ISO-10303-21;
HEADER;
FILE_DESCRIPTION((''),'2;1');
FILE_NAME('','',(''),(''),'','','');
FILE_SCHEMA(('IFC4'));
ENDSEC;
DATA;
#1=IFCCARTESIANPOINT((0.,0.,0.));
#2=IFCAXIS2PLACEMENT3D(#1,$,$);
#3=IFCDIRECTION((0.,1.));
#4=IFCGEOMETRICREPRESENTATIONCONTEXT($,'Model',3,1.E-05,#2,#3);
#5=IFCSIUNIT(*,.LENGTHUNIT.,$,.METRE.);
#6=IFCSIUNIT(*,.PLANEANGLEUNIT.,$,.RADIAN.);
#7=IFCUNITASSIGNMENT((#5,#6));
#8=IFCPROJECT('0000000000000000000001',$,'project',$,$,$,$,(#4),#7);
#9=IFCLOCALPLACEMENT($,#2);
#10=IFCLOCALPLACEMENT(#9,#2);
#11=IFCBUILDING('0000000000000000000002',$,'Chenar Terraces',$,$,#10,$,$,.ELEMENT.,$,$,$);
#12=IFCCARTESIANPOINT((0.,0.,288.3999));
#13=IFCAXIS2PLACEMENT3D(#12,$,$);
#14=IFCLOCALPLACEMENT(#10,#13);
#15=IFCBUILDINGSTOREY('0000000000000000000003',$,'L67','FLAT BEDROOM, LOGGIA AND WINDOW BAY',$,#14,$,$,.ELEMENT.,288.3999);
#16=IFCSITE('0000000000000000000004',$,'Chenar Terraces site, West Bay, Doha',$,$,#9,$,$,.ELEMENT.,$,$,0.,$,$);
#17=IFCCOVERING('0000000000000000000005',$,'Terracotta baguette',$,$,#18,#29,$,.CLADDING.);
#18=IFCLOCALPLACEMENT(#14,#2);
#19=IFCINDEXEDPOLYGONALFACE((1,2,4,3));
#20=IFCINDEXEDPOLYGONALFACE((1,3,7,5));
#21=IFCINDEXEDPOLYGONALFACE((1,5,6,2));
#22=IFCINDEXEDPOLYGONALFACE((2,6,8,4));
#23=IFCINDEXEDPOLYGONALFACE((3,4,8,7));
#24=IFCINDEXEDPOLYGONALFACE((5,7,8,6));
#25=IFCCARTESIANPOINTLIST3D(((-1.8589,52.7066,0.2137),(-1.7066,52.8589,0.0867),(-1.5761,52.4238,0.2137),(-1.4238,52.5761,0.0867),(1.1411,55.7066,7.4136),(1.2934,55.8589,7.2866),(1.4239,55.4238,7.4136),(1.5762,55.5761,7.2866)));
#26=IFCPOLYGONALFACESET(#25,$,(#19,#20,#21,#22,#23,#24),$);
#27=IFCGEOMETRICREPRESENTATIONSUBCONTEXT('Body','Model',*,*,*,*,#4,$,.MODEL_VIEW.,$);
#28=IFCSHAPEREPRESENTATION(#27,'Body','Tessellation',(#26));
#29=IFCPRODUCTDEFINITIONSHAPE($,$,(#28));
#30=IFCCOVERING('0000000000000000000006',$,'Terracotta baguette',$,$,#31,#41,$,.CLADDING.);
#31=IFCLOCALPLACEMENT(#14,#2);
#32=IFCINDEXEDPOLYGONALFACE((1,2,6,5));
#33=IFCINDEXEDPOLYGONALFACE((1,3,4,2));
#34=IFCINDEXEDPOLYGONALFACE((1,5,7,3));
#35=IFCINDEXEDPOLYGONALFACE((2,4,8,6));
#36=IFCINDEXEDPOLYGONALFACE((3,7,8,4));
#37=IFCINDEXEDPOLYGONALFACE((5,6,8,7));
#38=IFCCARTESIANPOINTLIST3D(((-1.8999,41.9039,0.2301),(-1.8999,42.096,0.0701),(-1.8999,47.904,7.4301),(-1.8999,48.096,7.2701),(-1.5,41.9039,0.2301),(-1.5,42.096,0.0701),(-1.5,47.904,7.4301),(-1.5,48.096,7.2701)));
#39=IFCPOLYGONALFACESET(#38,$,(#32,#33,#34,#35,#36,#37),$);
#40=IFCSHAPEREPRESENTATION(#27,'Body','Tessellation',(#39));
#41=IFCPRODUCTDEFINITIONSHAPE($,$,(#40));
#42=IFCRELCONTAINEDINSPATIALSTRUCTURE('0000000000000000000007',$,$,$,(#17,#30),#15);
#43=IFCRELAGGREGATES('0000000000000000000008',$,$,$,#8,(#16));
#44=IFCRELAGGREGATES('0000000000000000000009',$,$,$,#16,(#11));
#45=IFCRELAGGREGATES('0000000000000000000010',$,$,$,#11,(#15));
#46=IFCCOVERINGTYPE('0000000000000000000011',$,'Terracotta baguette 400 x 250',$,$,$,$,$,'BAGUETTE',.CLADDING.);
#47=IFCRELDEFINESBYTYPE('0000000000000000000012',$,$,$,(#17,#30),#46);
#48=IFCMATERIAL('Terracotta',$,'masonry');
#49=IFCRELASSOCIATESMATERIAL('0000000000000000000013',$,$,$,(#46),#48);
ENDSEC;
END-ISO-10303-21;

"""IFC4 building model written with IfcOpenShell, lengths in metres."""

from ifc_helpers import new_model, si_unit, direction, frame, origin, origin_2d, place, context, subcontext, project, spatial, rectangle, extrude, material, material_profile, profile_set, type_object, element, save


model = new_model("IFC4")

# Units and contexts
model_context = context("Model", 3, precision=1e-05, world=origin(), true_north=direction((0.0, 1.0)))
body_context = subcontext(model_context, "Body", "Model", "MODEL_VIEW")
ifc_project = project(units=[si_unit("LENGTHUNIT", "METRE"), si_unit("PLANEANGLEUNIT", "RADIAN")], contexts=[model_context])

# Site, building, storey
site_placement = place(None, origin())
site = spatial("IfcSite", under=ifc_project, at=site_placement, Name="Chenar Terraces site, West Bay, Doha", CompositionType="ELEMENT", RefElevation=0.0)
building_placement = place(site_placement, origin())
building = spatial("IfcBuilding", under=site, at=building_placement, Name="Chenar Terraces", CompositionType="ELEMENT")
storey_placement = place(building_placement, frame((0.0, 0.0, 288.3999)))
storey = spatial("IfcBuildingStorey", under=building, at=storey_placement, Name="L67", Description="FLAT BEDROOM, LOGGIA AND WINDOW BAY", CompositionType="ELEMENT", Elevation=288.3999)

# Coverings
ifc_material_1 = material(Name="Terracotta", Category="masonry")
ifc_material_profile_1 = material_profile(ifc_material_1, rectangle(XDim=0.3999, YDim=0.25, at=origin_2d()), Name="Terracotta baguette 400 x 250")
ifc_profile_set_1 = profile_set([ifc_material_profile_1], Name="Terracotta")
covering_type = type_object("IfcCoveringType", Name="Terracotta baguette 400 x 250", ElementType="BAGUETTE", PredefinedType="CLADDING", material=ifc_profile_set_1)
covering_1_placement = place(storey_placement, frame((1.3586, 55.6414, 7.3501), z_axis=(-0.358981, -0.358981, -0.861548), x_axis=(0.707107, -0.707107, 0.0)))
element("IfcCovering", 1, at=covering_1_placement, inside=storey, type_object=covering_type, Name="Terracotta baguette", PredefinedType="CLADDING", context=body_context, shape_type="SweptSolid", body=[
    extrude(rectangle(XDim=0.3999, YDim=0.25, at=origin_2d()), origin(), (0.0, 0.0, 1.0), 8.3569),
])
covering_2_placement = place(storey_placement, frame((-1.7, 48.0, 7.3501), z_axis=(0.0, -0.640187, -0.768219), x_axis=(1.0, 0.0, 0.0)))
element("IfcCovering", 2, at=covering_2_placement, inside=storey, type_object=covering_type, Name="Terracotta baguette", PredefinedType="CLADDING", context=body_context, shape_type="SweptSolid", body=[
    extrude(rectangle(XDim=0.3999, YDim=0.25, at=origin_2d()), origin(), (0.0, 0.0, 1.0), 9.3723),
])

save(model, "model.ifc")
